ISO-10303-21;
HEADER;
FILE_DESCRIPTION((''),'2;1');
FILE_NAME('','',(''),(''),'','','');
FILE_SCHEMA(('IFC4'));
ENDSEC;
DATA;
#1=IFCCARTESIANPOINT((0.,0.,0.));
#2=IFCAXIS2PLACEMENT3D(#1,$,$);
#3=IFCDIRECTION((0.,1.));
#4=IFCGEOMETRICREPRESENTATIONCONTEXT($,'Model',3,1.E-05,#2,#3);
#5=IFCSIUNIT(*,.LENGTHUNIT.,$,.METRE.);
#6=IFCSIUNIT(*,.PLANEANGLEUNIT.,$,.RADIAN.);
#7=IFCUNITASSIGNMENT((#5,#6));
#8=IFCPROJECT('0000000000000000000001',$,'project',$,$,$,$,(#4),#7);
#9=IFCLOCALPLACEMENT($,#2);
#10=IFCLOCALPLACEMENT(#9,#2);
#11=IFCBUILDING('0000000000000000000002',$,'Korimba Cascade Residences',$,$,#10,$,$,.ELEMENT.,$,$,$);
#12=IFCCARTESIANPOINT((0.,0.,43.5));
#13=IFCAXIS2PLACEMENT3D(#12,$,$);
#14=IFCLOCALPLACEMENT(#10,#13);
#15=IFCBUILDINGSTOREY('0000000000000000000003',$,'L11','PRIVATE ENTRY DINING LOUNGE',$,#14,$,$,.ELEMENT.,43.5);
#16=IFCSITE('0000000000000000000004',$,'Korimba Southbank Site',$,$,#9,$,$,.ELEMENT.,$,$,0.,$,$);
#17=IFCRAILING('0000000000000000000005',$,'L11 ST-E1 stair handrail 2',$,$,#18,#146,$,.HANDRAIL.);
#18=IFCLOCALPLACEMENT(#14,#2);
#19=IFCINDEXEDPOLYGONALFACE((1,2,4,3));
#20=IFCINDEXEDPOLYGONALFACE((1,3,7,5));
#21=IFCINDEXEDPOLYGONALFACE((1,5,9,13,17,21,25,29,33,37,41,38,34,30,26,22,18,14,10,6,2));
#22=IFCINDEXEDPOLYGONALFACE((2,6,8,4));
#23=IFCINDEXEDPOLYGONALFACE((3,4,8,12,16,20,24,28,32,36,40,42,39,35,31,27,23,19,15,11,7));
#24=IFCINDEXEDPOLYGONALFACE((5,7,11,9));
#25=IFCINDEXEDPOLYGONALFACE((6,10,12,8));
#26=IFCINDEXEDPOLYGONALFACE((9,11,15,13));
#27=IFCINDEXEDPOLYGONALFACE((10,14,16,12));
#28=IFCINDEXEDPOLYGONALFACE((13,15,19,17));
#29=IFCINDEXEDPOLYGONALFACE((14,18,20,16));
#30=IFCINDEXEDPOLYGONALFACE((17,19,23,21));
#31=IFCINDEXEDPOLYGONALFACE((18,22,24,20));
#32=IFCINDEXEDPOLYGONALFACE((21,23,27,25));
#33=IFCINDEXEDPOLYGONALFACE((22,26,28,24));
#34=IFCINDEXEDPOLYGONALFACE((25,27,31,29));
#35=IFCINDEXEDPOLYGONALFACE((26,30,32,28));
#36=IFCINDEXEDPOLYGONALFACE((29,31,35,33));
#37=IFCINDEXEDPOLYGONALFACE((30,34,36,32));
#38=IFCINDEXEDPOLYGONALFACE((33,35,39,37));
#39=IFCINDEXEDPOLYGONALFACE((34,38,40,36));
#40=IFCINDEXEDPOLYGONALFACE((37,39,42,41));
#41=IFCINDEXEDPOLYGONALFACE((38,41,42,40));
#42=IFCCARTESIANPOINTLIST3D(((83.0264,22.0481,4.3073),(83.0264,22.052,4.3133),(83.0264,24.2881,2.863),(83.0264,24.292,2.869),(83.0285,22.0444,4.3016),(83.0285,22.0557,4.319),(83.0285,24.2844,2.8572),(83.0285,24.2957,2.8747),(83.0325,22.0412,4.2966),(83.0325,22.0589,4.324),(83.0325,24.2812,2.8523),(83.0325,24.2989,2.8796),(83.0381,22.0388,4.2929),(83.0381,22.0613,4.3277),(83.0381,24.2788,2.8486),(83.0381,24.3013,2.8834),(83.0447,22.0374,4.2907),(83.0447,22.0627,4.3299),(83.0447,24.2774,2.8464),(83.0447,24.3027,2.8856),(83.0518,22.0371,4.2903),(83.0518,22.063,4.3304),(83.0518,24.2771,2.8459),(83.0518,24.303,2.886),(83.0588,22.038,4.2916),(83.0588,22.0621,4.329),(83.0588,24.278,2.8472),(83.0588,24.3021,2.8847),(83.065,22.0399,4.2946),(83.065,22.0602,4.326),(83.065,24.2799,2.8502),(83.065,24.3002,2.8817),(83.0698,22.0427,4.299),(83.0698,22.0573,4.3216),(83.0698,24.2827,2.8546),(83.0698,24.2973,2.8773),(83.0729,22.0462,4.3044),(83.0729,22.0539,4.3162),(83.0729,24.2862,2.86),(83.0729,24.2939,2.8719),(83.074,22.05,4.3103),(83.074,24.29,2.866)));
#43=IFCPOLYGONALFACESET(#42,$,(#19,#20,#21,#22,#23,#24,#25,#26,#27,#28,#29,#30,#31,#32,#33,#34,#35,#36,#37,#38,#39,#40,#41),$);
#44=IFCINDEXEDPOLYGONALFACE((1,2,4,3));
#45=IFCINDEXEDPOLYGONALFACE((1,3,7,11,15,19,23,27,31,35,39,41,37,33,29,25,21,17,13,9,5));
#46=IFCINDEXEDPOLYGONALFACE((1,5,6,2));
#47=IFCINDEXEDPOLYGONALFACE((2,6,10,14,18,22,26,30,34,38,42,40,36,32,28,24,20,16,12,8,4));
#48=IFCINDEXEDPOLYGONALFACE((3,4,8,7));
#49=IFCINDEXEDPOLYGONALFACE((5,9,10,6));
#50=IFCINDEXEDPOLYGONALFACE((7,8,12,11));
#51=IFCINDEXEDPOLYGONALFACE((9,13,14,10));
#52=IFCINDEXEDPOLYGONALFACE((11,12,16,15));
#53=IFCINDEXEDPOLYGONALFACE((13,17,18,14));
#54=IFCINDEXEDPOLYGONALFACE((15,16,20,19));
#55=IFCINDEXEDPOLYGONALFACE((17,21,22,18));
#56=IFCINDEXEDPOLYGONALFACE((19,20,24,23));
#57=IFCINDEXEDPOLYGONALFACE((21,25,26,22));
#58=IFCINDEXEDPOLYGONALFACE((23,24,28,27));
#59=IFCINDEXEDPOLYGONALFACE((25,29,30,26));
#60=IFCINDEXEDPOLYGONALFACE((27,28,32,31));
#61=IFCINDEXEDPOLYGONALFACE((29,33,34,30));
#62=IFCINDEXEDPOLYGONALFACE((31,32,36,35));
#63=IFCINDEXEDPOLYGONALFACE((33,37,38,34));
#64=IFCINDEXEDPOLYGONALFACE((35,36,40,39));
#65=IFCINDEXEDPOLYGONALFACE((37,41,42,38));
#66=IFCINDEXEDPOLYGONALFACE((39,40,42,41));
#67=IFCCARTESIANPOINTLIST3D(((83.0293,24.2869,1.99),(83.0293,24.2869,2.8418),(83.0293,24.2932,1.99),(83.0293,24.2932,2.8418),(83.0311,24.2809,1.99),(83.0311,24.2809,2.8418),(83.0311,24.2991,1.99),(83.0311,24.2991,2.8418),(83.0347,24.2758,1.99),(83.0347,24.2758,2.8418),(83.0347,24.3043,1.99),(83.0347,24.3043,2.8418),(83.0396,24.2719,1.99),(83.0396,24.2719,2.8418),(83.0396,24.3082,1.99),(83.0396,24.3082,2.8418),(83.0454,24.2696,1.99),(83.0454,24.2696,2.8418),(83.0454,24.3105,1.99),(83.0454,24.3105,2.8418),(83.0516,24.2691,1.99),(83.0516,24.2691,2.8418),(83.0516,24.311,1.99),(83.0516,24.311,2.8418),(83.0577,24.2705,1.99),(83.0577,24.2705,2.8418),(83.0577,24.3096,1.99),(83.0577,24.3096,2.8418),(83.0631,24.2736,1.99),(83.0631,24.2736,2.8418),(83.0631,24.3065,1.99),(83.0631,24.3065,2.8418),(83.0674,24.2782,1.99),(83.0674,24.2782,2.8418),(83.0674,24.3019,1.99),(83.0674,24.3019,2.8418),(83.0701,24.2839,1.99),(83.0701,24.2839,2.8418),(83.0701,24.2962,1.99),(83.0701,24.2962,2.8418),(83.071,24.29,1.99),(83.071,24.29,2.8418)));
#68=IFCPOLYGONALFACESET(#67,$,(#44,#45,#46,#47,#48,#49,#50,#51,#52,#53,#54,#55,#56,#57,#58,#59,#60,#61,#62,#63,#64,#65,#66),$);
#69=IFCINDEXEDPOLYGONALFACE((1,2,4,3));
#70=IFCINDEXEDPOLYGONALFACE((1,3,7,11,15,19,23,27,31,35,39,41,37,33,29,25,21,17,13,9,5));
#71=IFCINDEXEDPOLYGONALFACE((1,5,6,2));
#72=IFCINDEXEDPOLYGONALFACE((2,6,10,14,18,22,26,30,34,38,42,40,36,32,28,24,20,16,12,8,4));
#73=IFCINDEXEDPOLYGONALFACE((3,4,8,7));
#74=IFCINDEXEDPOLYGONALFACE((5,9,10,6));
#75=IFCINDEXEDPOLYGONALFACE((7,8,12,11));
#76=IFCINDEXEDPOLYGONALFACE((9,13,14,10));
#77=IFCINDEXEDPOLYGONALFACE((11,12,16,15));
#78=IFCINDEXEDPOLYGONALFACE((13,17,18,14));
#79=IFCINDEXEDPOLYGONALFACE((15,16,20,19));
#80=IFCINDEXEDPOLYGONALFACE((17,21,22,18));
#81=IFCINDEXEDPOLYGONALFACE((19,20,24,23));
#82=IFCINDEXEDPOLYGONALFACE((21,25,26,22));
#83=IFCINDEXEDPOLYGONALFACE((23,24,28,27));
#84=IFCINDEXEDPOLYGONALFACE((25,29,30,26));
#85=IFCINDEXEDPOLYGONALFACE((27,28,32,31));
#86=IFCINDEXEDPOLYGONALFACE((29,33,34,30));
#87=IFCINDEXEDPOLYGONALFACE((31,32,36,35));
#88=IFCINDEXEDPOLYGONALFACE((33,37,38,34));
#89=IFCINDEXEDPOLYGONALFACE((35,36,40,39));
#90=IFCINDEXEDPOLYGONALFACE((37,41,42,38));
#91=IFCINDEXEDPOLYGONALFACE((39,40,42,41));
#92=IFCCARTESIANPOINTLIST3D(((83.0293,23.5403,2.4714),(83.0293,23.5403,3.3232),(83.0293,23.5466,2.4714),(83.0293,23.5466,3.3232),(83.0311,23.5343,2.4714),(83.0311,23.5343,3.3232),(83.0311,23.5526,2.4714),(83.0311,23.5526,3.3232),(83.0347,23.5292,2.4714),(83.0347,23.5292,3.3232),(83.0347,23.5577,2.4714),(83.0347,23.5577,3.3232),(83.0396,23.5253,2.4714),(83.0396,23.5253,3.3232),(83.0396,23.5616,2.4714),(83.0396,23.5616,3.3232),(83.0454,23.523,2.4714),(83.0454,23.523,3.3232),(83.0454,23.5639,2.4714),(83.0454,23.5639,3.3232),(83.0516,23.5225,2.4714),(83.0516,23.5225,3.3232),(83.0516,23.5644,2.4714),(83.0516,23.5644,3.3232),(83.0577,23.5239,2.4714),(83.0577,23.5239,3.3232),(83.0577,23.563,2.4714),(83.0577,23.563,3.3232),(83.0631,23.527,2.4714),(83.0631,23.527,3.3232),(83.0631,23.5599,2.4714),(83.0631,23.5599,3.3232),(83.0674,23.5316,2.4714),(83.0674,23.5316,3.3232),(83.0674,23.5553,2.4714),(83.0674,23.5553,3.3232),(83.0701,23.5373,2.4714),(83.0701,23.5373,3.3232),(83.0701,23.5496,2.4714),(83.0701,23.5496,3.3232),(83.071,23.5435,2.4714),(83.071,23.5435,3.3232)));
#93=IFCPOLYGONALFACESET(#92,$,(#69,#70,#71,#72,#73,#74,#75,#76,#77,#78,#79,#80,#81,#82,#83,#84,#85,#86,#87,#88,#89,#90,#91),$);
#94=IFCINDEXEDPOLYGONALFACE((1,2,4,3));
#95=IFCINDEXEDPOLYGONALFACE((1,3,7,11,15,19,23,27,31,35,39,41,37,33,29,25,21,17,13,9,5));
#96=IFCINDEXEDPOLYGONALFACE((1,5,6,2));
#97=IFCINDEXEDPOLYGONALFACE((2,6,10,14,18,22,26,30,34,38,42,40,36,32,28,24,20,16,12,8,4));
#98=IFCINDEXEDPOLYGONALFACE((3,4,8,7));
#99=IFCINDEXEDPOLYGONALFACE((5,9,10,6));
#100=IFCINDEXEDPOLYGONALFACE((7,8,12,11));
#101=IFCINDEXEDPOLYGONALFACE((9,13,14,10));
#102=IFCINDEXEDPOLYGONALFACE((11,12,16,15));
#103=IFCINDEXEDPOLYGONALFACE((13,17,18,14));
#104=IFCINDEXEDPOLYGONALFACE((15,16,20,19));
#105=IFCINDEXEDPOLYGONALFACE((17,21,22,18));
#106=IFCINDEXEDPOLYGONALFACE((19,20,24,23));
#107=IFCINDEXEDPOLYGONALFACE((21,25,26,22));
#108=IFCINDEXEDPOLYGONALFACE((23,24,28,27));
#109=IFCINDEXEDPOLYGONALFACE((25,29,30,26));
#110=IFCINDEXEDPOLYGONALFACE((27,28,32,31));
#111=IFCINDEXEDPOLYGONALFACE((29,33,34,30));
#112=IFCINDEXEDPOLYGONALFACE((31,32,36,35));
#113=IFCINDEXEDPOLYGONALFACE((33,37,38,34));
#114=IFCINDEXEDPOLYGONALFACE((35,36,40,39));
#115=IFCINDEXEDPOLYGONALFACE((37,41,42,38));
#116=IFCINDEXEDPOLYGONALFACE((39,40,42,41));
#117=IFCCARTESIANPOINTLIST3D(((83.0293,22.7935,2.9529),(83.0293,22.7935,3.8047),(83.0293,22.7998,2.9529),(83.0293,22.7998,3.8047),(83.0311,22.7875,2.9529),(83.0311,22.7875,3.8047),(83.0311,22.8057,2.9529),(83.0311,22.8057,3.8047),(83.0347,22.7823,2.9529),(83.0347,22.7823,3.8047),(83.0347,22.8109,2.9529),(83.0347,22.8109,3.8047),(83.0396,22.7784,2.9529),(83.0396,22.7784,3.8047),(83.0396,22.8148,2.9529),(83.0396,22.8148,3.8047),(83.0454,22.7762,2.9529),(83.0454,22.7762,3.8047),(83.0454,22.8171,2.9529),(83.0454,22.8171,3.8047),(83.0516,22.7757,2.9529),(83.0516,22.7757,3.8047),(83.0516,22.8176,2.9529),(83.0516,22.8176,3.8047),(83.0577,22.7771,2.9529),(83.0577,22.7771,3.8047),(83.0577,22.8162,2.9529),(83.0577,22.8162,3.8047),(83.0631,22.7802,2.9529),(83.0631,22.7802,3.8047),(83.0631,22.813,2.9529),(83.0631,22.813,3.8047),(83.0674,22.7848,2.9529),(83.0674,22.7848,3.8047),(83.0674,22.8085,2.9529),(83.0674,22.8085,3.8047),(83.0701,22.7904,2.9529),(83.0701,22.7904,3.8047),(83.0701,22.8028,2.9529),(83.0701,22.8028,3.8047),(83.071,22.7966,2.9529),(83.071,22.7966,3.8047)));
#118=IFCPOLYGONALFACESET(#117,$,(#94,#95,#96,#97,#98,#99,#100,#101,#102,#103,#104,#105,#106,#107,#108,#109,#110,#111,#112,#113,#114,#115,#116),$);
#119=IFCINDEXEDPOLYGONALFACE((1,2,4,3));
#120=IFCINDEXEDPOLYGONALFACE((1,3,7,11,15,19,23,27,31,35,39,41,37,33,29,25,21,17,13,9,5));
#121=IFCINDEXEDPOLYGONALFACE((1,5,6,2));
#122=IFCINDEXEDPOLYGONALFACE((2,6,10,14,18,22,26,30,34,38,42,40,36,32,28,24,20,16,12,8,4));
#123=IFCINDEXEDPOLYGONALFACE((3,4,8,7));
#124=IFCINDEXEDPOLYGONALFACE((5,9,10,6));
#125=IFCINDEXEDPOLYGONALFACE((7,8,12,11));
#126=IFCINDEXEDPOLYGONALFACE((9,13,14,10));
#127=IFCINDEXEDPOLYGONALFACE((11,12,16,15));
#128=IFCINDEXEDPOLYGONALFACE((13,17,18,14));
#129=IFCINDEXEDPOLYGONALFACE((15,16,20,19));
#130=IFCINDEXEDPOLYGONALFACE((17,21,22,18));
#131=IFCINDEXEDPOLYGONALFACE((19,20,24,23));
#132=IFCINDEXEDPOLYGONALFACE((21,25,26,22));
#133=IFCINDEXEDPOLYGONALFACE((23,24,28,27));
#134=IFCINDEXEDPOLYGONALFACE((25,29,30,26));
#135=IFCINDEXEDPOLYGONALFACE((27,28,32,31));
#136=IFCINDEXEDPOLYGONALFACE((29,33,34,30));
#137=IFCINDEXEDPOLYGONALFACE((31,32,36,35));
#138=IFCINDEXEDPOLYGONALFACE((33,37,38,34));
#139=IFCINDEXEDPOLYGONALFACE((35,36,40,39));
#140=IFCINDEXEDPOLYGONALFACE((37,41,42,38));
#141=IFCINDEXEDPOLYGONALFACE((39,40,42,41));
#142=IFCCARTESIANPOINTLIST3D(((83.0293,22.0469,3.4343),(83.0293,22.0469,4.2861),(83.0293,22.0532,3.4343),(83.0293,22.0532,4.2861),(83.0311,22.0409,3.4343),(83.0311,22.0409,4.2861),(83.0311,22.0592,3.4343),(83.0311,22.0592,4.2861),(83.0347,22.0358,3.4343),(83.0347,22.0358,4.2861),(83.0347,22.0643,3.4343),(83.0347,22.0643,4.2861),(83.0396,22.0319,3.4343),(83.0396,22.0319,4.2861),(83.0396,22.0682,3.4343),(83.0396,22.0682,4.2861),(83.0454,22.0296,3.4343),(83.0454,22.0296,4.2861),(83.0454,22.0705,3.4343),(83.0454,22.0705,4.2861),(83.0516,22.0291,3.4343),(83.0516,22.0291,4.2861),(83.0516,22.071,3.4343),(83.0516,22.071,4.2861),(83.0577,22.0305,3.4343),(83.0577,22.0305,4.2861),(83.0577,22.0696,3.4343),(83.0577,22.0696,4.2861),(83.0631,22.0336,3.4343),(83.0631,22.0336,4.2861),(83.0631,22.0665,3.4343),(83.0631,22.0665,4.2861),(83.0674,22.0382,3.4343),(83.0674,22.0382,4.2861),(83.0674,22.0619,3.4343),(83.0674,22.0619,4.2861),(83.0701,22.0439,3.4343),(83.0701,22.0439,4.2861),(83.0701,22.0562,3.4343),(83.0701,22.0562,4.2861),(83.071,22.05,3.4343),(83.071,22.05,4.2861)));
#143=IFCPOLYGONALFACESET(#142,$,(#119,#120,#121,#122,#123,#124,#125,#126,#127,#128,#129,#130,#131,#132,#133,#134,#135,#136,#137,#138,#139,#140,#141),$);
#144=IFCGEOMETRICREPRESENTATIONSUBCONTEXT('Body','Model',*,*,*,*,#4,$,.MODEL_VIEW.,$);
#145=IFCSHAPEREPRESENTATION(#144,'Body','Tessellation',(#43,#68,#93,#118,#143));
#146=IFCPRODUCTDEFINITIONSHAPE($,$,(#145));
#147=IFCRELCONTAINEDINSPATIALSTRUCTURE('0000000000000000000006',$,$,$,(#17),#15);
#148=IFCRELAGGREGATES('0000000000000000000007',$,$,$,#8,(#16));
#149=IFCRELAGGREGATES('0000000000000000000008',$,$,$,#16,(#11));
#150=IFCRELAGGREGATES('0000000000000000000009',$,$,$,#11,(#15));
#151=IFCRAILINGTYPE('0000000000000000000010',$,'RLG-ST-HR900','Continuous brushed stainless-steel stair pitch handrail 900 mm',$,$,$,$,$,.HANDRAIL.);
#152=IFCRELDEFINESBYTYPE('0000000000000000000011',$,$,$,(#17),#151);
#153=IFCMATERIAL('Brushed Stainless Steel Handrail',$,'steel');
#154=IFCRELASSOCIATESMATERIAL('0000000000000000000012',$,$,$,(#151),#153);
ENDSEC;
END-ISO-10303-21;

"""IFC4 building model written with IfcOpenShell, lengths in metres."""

from ifc_helpers import new_model, si_unit, direction, frame, origin, origin_2d, place, context, subcontext, project, spatial, circle, extrude, material, type_object, element, save


model = new_model("IFC4")

# Units and contexts
model_context = context("Model", 3, precision=1e-05, world=origin(), true_north=direction((0.0, 1.0)))
body_context = subcontext(model_context, "Body", "Model", "MODEL_VIEW")
ifc_project = project(units=[si_unit("LENGTHUNIT", "METRE"), si_unit("PLANEANGLEUNIT", "RADIAN")], contexts=[model_context])

# Site, building, storey
site_placement = place(None, origin())
site = spatial("IfcSite", under=ifc_project, at=site_placement, Name="Korimba Southbank Site", CompositionType="ELEMENT", RefElevation=0.0)
building_placement = place(site_placement, origin())
building = spatial("IfcBuilding", under=site, at=building_placement, Name="Korimba Cascade Residences", CompositionType="ELEMENT")
storey_placement = place(building_placement, frame((0.0, 0.0, 43.5)))
storey = spatial("IfcBuildingStorey", under=building, at=storey_placement, Name="L11", Description="PRIVATE ENTRY DINING LOUNGE", CompositionType="ELEMENT", Elevation=43.5)

# Railing
ifc_material_1 = material(Name="Brushed Stainless Steel Handrail", Category="steel")
railing_type_1 = type_object("IfcRailingType", Name="RLG-ST-HR900", Description="Continuous brushed stainless-steel stair pitch handrail 900 mm", PredefinedType="HANDRAIL", material=ifc_material_1)
railing_1_placement = place(storey_placement, frame((83.05, 24.29, 1.99)))
element("IfcRailing", 1, at=railing_1_placement, inside=storey, type_object=railing_type_1, Name="L11 ST-E1 stair handrail 2", PredefinedType="HANDRAIL", context=body_context, shape_type="SweptSolid", body=[
    extrude(circle(Radius=0.0239, at=origin_2d()), frame((0.0, 0.0, 0.876), z_axis=(0.0, -0.840437, 0.54191), x_axis=(1.0, 0.0, 0.0)), (0.0, 0.0, 1.0), 2.6653),
    extrude(circle(Radius=0.021, at=origin_2d()), origin(), (0.0, 0.0, 1.0), 0.8518),
    extrude(circle(Radius=0.021, at=origin_2d()), frame((0.0, -0.7466, 0.4814)), (0.0, 0.0, 1.0), 0.8518),
    extrude(circle(Radius=0.021, at=origin_2d()), frame((0.0, -1.4934, 0.9629)), (0.0, 0.0, 1.0), 0.8518),
    extrude(circle(Radius=0.021, at=origin_2d()), frame((0.0, -2.24, 1.4443)), (0.0, 0.0, 1.0), 0.8518),
])

save(model, "model.ifc")
